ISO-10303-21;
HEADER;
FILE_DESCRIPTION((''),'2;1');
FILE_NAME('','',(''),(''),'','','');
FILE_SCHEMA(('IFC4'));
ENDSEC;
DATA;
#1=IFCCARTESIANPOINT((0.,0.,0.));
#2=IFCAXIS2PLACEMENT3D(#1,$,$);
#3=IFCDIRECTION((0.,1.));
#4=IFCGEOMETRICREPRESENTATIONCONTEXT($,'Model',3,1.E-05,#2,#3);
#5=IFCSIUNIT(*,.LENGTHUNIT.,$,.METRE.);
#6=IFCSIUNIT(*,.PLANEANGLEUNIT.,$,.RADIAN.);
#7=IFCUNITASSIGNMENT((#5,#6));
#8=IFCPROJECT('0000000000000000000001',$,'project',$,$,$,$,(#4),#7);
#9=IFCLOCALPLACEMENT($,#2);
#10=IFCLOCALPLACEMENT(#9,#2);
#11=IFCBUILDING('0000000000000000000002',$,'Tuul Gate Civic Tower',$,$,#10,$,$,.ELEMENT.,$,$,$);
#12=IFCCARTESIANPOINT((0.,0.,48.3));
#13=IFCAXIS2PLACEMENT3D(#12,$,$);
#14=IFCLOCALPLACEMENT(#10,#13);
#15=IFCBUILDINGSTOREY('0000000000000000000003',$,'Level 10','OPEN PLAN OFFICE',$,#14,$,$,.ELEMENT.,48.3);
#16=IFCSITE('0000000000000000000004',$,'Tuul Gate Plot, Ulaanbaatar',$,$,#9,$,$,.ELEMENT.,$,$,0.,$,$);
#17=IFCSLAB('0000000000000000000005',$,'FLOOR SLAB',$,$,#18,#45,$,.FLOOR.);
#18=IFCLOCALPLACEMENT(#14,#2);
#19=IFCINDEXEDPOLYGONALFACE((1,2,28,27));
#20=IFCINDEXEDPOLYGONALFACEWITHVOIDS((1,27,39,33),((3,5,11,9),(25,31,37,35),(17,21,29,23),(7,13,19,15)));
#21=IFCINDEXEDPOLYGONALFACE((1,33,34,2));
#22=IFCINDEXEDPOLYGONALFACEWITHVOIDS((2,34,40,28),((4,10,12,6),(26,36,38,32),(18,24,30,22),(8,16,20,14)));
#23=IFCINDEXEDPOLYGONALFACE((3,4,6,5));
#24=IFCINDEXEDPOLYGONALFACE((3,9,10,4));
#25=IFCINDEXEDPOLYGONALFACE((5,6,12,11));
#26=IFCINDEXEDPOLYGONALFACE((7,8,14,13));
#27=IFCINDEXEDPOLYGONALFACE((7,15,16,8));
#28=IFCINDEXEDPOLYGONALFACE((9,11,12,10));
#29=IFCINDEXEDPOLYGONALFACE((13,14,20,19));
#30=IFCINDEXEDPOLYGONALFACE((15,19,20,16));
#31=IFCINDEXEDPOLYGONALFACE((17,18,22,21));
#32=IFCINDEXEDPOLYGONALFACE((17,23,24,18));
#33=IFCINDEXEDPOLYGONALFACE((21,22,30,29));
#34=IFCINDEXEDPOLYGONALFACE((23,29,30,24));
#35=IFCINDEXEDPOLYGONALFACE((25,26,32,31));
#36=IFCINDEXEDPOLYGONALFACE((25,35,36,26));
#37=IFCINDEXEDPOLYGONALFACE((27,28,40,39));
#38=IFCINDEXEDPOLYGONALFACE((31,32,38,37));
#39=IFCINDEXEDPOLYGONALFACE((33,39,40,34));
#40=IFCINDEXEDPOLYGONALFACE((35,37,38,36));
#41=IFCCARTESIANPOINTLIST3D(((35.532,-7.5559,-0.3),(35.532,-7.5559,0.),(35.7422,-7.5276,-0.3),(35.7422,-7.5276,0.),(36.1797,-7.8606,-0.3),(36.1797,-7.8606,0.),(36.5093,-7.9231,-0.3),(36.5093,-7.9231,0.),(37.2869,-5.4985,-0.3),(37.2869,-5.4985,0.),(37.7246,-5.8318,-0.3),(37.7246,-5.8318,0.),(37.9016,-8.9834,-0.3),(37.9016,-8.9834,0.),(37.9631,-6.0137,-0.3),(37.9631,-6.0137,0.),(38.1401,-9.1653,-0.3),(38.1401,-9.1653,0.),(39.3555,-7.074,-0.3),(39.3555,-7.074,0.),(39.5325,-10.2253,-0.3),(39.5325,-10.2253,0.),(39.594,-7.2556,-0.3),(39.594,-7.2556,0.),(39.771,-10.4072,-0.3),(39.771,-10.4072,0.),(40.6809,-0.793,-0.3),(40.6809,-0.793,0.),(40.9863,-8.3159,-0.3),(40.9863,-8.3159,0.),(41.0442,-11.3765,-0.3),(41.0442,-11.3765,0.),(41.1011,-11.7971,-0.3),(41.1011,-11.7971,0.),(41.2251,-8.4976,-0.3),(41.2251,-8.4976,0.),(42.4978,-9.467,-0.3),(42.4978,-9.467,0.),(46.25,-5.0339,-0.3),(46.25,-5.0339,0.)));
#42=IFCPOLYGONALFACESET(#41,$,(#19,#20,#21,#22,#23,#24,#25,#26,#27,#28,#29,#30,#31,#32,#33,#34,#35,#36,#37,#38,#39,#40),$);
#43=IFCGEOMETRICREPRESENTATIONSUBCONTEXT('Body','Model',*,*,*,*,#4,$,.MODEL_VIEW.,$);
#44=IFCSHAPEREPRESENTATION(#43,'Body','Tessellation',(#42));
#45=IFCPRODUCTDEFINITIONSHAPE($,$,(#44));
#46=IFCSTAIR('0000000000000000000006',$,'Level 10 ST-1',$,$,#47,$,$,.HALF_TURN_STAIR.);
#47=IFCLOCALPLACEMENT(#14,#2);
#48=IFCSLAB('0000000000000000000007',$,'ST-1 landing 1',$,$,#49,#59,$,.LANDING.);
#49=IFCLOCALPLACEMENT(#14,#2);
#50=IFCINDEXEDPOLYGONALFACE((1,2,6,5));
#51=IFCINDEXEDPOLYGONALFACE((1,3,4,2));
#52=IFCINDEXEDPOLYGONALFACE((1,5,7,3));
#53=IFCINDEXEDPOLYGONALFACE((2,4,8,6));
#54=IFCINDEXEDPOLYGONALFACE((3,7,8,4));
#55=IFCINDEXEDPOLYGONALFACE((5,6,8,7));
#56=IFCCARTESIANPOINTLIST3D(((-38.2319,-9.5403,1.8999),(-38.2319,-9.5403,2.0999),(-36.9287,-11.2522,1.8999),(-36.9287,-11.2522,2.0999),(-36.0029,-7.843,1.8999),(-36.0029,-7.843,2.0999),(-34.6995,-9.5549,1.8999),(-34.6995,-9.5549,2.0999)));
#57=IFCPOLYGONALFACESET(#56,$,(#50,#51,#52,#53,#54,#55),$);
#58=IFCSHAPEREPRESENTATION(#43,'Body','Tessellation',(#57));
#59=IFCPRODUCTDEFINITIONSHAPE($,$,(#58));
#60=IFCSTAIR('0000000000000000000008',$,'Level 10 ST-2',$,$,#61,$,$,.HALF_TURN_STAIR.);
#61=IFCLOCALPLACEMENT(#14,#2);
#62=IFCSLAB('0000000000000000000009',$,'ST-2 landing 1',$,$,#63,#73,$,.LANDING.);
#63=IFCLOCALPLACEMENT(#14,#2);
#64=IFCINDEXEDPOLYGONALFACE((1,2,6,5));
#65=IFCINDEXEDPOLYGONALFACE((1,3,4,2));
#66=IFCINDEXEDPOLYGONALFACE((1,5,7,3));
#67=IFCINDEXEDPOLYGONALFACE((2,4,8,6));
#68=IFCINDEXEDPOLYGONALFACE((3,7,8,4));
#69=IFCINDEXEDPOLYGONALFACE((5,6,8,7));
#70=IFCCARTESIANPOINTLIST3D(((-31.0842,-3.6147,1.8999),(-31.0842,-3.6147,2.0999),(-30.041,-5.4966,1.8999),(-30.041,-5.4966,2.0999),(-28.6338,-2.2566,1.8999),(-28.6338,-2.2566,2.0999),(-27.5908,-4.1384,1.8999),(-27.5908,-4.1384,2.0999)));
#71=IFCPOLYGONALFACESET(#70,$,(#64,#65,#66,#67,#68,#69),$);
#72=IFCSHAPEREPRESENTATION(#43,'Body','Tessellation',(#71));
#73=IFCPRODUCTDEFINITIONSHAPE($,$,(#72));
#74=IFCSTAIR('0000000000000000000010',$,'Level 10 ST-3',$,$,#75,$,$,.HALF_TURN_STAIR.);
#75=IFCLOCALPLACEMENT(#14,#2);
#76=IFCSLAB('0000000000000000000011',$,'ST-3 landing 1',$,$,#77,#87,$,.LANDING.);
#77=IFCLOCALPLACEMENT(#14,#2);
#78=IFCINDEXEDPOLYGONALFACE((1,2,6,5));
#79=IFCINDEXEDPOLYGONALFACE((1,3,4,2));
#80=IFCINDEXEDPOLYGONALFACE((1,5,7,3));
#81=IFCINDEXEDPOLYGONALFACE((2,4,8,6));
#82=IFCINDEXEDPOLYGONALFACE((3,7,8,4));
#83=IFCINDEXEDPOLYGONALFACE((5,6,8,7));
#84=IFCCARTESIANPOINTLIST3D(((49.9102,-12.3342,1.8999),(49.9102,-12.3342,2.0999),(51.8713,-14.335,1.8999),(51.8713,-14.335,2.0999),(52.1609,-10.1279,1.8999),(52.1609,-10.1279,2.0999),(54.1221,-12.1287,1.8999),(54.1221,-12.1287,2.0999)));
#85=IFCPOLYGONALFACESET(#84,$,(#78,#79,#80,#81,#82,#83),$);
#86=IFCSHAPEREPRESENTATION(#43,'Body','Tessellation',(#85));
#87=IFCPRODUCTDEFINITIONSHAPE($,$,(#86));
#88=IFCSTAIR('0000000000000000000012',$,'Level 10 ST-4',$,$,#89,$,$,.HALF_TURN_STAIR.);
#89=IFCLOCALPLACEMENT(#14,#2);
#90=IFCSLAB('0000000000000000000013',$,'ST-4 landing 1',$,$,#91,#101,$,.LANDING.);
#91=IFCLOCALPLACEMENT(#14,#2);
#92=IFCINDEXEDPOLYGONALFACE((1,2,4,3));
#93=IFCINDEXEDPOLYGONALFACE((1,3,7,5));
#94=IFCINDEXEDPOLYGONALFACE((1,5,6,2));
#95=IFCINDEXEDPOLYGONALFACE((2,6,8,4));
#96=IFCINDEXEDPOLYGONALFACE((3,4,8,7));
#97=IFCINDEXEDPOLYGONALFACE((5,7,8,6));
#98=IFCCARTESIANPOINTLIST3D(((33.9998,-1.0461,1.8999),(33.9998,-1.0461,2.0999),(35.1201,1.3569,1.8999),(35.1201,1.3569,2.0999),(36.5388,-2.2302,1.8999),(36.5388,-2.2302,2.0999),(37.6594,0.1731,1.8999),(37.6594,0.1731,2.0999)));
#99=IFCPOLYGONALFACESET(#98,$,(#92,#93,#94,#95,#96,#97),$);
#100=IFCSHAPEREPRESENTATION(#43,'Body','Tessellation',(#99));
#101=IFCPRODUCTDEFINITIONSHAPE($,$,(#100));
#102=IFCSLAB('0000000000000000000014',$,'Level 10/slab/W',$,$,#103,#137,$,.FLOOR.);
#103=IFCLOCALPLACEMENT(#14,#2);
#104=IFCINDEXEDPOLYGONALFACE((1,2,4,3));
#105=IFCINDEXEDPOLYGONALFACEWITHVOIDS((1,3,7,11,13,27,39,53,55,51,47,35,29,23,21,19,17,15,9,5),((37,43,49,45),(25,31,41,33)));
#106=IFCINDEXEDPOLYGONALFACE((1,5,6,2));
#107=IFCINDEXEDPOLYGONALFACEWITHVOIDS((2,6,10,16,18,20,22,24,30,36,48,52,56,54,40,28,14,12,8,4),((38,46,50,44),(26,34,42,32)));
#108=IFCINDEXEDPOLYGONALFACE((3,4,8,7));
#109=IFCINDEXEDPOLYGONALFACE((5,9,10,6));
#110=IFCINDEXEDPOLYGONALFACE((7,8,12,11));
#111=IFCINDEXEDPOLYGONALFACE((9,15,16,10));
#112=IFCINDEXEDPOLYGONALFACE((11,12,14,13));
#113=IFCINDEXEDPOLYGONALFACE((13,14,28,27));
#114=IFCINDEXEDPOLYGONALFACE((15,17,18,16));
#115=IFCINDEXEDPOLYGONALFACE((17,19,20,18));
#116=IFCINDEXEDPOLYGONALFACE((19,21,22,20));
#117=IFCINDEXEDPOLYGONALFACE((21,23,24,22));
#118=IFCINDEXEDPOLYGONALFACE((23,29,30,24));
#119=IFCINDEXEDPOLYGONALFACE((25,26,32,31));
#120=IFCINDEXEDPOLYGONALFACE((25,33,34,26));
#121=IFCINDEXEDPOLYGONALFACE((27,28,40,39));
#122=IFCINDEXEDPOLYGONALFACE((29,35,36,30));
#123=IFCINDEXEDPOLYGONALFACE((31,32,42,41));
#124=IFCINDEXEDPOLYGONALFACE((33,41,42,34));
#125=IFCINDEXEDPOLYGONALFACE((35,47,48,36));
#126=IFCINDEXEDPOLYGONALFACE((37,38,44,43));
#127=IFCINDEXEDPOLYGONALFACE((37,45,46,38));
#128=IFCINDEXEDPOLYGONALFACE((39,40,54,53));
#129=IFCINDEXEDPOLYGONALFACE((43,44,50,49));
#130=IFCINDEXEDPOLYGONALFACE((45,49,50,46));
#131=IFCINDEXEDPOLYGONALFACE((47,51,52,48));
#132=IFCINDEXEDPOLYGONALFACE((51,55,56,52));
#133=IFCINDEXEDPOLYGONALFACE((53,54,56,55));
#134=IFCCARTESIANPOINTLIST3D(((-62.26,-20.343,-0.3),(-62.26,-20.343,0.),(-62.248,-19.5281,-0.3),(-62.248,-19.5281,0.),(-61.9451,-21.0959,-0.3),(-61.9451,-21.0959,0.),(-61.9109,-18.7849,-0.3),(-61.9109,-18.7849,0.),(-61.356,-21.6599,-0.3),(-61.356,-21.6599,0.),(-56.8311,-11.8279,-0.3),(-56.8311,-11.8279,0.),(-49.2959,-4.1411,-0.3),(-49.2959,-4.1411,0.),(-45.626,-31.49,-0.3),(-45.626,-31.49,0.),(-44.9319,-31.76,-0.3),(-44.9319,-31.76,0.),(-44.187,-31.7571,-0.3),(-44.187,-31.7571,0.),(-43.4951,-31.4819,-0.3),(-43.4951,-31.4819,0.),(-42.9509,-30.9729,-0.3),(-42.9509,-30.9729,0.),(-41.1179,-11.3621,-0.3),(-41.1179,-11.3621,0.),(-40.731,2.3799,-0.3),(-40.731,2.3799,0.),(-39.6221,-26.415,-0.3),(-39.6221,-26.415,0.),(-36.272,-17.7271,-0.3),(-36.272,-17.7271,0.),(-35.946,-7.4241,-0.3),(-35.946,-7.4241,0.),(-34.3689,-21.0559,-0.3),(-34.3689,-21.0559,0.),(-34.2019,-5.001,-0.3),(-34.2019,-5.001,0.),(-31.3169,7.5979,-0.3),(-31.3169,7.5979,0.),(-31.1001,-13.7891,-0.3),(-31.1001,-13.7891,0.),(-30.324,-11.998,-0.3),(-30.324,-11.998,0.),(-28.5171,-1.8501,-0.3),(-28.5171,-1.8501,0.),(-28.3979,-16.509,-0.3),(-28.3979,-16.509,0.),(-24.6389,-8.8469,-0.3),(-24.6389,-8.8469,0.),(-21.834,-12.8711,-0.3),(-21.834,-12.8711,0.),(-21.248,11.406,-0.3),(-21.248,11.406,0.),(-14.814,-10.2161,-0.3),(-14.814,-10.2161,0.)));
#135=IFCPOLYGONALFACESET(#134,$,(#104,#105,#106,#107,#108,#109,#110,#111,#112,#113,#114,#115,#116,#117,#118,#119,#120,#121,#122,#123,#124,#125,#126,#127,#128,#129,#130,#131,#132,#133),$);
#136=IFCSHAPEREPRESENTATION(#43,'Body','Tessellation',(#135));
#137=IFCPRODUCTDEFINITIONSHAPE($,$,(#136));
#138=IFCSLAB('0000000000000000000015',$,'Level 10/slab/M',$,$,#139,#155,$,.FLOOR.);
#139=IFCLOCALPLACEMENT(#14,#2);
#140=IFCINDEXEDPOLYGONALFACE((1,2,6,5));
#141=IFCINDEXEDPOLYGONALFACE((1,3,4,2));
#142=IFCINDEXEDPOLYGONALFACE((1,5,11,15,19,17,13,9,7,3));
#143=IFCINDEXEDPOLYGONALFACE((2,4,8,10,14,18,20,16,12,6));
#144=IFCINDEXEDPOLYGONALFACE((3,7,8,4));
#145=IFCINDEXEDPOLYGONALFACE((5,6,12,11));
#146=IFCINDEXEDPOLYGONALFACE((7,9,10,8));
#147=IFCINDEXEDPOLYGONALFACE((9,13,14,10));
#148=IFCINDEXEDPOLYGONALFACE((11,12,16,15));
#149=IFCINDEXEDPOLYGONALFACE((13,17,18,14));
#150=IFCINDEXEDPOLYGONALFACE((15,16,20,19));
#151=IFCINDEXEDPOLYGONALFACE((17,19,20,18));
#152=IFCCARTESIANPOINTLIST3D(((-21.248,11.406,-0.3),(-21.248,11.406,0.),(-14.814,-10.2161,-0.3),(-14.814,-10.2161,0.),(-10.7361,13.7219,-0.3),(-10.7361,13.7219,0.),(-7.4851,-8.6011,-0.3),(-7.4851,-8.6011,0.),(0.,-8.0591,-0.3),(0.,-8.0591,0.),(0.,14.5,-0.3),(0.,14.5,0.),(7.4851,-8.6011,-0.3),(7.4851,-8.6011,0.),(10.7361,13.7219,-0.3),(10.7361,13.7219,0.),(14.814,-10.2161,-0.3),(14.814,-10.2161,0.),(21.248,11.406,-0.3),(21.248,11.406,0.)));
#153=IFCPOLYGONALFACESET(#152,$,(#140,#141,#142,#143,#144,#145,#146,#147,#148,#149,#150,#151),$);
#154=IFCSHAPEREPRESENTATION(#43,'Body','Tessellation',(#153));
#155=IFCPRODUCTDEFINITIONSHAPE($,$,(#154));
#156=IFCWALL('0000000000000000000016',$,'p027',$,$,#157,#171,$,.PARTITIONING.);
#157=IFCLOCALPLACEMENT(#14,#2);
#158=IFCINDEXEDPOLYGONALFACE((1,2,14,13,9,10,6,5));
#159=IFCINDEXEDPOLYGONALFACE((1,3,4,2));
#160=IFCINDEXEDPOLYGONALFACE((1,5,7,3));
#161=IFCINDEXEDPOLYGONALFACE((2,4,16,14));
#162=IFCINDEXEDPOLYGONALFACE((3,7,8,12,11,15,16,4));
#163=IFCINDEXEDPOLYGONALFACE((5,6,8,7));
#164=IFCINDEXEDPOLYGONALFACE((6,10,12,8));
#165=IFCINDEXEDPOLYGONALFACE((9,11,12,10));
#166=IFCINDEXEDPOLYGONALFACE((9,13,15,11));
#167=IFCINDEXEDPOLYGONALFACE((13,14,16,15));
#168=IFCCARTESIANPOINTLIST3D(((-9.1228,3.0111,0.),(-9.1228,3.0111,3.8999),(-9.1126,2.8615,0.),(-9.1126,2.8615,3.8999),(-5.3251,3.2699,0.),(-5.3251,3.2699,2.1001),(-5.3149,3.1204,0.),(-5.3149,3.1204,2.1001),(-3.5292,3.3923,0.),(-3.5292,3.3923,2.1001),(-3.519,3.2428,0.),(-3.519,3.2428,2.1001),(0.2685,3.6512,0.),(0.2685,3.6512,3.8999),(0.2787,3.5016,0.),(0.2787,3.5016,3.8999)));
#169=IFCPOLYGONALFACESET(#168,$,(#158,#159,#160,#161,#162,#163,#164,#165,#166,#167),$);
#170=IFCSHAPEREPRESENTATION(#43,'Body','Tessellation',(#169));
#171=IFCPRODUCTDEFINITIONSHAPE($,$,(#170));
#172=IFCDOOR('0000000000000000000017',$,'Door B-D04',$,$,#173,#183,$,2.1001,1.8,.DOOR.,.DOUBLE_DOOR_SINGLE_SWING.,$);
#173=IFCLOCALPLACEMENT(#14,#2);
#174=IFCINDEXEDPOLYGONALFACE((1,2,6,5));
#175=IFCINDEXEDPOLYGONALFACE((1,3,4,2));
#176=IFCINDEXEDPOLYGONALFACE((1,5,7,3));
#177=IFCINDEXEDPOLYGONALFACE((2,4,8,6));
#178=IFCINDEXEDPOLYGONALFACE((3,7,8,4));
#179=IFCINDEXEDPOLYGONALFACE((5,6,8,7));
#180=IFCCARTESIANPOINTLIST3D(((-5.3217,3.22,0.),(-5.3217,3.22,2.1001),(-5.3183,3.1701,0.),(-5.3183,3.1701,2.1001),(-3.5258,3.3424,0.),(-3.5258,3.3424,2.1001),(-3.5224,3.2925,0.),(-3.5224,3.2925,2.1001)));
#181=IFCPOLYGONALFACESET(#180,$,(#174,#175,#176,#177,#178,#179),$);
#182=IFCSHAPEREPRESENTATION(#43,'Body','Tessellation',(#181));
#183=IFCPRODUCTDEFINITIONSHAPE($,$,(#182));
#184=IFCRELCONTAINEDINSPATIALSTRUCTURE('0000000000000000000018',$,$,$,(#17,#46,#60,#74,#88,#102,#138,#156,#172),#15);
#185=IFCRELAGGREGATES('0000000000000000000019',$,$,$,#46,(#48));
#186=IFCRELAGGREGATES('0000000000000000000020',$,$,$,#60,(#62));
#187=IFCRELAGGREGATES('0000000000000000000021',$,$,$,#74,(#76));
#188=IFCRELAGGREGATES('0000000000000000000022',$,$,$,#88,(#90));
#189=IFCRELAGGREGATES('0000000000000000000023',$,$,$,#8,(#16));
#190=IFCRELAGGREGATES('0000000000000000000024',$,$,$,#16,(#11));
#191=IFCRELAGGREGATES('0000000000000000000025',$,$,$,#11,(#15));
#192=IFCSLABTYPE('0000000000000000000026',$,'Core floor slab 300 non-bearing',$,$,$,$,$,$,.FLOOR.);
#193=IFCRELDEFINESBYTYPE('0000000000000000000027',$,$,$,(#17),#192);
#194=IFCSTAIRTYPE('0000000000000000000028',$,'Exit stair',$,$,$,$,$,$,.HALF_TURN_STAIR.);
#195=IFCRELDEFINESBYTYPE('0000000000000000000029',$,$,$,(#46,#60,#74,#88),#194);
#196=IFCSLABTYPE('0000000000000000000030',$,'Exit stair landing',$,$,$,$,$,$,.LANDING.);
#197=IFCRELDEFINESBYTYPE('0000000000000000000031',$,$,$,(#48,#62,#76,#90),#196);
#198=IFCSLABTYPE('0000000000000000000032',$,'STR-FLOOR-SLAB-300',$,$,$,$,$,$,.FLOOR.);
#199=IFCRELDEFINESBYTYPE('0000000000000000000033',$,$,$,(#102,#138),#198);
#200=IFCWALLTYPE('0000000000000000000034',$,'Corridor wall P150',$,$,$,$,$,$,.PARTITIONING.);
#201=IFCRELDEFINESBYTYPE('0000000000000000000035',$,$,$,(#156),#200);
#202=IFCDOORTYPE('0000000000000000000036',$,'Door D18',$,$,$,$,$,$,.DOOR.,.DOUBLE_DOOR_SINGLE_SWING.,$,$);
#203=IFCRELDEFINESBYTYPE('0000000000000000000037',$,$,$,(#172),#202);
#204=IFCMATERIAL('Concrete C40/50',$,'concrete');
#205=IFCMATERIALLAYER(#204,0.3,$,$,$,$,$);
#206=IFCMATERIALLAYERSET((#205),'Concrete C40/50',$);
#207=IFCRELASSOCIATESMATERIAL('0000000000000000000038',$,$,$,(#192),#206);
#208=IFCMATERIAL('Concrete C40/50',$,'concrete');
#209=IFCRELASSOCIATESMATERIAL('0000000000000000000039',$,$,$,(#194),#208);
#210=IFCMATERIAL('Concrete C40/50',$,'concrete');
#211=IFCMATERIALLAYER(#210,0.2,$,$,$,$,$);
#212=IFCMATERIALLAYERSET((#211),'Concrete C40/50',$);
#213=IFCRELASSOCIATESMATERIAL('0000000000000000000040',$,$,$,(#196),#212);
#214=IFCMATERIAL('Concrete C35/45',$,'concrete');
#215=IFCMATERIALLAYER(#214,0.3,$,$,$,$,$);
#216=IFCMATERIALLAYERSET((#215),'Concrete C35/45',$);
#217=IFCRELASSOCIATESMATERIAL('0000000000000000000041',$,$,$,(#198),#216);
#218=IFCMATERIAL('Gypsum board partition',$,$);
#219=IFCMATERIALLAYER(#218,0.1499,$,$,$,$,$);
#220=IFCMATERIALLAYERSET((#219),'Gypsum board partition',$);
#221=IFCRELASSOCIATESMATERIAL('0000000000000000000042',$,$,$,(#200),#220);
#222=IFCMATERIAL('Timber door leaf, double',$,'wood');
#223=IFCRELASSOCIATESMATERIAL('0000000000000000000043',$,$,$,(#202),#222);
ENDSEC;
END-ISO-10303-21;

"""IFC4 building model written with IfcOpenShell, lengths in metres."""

from ifc_helpers import new_model, si_unit, direction, frame, frame_2d, origin, place, context, subcontext, project, spatial, polyline, rectangle, outline, extrude, material, layer, layer_set, type_object, element, fill, aggregate, save


model = new_model("IFC4")

# Units and contexts
model_context = context("Model", 3, precision=1e-05, world=origin(), true_north=direction((0.0, 1.0)))
body_context = subcontext(model_context, "Body", "Model", "MODEL_VIEW")
ifc_project = project(units=[si_unit("LENGTHUNIT", "METRE"), si_unit("PLANEANGLEUNIT", "RADIAN")], contexts=[model_context])

# Site, building, storey
site_placement = place(None, origin())
site = spatial("IfcSite", under=ifc_project, at=site_placement, Name="Tuul Gate Plot, Ulaanbaatar", CompositionType="ELEMENT", RefElevation=0.0)
building_placement = place(site_placement, origin())
building = spatial("IfcBuilding", under=site, at=building_placement, Name="Tuul Gate Civic Tower", CompositionType="ELEMENT")
storey_placement = place(building_placement, frame((0.0, 0.0, 48.3)))
storey = spatial("IfcBuildingStorey", under=building, at=storey_placement, Name="Level 10", Description="OPEN PLAN OFFICE", CompositionType="ELEMENT", Elevation=48.3)

# Slab
ifc_material_1 = material(Name="Concrete C40/50", Category="concrete")
ifc_layer_1 = layer(ifc_material_1, 0.3)
ifc_layer_set_1 = layer_set([ifc_layer_1], Name="Concrete C40/50")
slab_type_1 = type_object("IfcSlabType", Name="Core floor slab 300 non-bearing", PredefinedType="FLOOR", material=ifc_layer_set_1)
slab_1_placement = place(storey_placement, frame((0.0, 0.0, -0.3)))
element("IfcSlab", 1, at=slab_1_placement, inside=storey, type_object=slab_type_1, Name="FLOOR SLAB", PredefinedType="FLOOR", context=body_context, shape_type="SweptSolid", body=[
    extrude(outline(polyline([(41.1011, -11.7971), (46.25, -5.0339), (40.6809, -0.793), (35.532, -7.5559), (41.1011, -11.7971)]), holes=[polyline([(41.0442, -11.3765), (42.4978, -9.467), (41.2251, -8.4976), (39.771, -10.4072), (41.0442, -11.3765)]), polyline([(39.5325, -10.2253), (40.9863, -8.3159), (39.594, -7.2556), (38.1401, -9.1653), (39.5325, -10.2253)]), polyline([(37.9016, -8.9834), (39.3555, -7.074), (37.9631, -6.0137), (36.5093, -7.9231), (37.9016, -8.9834)]), polyline([(36.1797, -7.8606), (37.7246, -5.8318), (37.2869, -5.4985), (35.7422, -7.5276), (36.1797, -7.8606)])]), origin(), (0.0, 0.0, 1.0), 0.3),
])

# Stairs, slabs
ifc_material_2 = material(Name="Concrete C40/50", Category="concrete")
stair_type = type_object("IfcStairType", Name="Exit stair", PredefinedType="HALF_TURN_STAIR", material=ifc_material_2)
stair_1_placement = place(storey_placement, origin())
stair_1 = element("IfcStair", 2, at=stair_1_placement, inside=storey, type_object=stair_type, Name="Level 10 ST-1", PredefinedType="HALF_TURN_STAIR")
ifc_material_3 = material(Name="Concrete C40/50", Category="concrete")
ifc_layer_2 = layer(ifc_material_3, 0.2)
ifc_layer_set_2 = layer_set([ifc_layer_2], Name="Concrete C40/50")
slab_type_2 = type_object("IfcSlabType", Name="Exit stair landing", PredefinedType="LANDING", material=ifc_layer_set_2)
slab_2_placement = place(storey_placement, frame((0.0, 0.0, 1.8999)))
slab_2 = element("IfcSlab", 3, at=slab_2_placement, type_object=slab_type_2, Name="ST-1 landing 1", PredefinedType="LANDING", context=body_context, shape_type="SweptSolid", body=[
    extrude(outline(polyline([(-34.6995, -9.5549), (-36.9287, -11.2522), (-38.2319, -9.5403), (-36.0029, -7.843), (-34.6995, -9.5549)])), origin(), (0.0, 0.0, 1.0), 0.2),
])
aggregate(stair_1, [slab_2])
stair_2_placement = place(storey_placement, origin())
stair_2 = element("IfcStair", 4, at=stair_2_placement, inside=storey, type_object=stair_type, Name="Level 10 ST-2", PredefinedType="HALF_TURN_STAIR")
slab_3_placement = place(storey_placement, frame((0.0, 0.0, 1.8999)))
slab_3 = element("IfcSlab", 5, at=slab_3_placement, type_object=slab_type_2, Name="ST-2 landing 1", PredefinedType="LANDING", context=body_context, shape_type="SweptSolid", body=[
    extrude(outline(polyline([(-27.5908, -4.1384), (-30.041, -5.4966), (-31.0842, -3.6147), (-28.6338, -2.2566), (-27.5908, -4.1384)])), origin(), (0.0, 0.0, 1.0), 0.2),
])
aggregate(stair_2, [slab_3])
stair_3_placement = place(storey_placement, origin())
stair_3 = element("IfcStair", 6, at=stair_3_placement, inside=storey, type_object=stair_type, Name="Level 10 ST-3", PredefinedType="HALF_TURN_STAIR")
slab_4_placement = place(storey_placement, frame((0.0, 0.0, 1.8999)))
slab_4 = element("IfcSlab", 7, at=slab_4_placement, type_object=slab_type_2, Name="ST-3 landing 1", PredefinedType="LANDING", context=body_context, shape_type="SweptSolid", body=[
    extrude(outline(polyline([(51.8713, -14.335), (49.9102, -12.3342), (52.1609, -10.1279), (54.1221, -12.1287), (51.8713, -14.335)])), origin(), (0.0, 0.0, 1.0), 0.2),
])
aggregate(stair_3, [slab_4])
stair_4_placement = place(storey_placement, origin())
stair_4 = element("IfcStair", 8, at=stair_4_placement, inside=storey, type_object=stair_type, Name="Level 10 ST-4", PredefinedType="HALF_TURN_STAIR")
slab_5_placement = place(storey_placement, frame((0.0, 0.0, 1.8999)))
slab_5 = element("IfcSlab", 9, at=slab_5_placement, type_object=slab_type_2, Name="ST-4 landing 1", PredefinedType="LANDING", context=body_context, shape_type="SweptSolid", body=[
    extrude(outline(polyline([(36.5388, -2.2302), (33.9998, -1.0461), (35.1201, 1.3569), (37.6594, 0.1731), (36.5388, -2.2302)])), origin(), (0.0, 0.0, 1.0), 0.2),
])
aggregate(stair_4, [slab_5])

# Slabs
ifc_material_4 = material(Name="Concrete C35/45", Category="concrete")
ifc_layer_3 = layer(ifc_material_4, 0.3)
ifc_layer_set_3 = layer_set([ifc_layer_3], Name="Concrete C35/45")
slab_type_3 = type_object("IfcSlabType", Name="STR-FLOOR-SLAB-300", PredefinedType="FLOOR", material=ifc_layer_set_3)
slab_6_placement = place(storey_placement, frame((0.0, 0.0, -0.3)))
element("IfcSlab", 10, at=slab_6_placement, inside=storey, type_object=slab_type_3, Name="Level 10/slab/W", PredefinedType="FLOOR", context=body_context, shape_type="SweptSolid", body=[
    extrude(outline(polyline([(-21.834, -12.8711), (-14.814, -10.2161), (-21.248, 11.406), (-31.3169, 7.5979), (-40.731, 2.3799), (-49.2959, -4.1411), (-56.8311, -11.8279), (-61.9109, -18.7849), (-62.248, -19.5281), (-62.26, -20.343), (-61.9451, -21.0959), (-61.356, -21.6599), (-45.626, -31.49), (-44.9319, -31.76), (-44.187, -31.7571), (-43.4951, -31.4819), (-42.9509, -30.9729), (-39.6221, -26.415), (-34.3689, -21.0559), (-28.3979, -16.509), (-21.834, -12.8711)]), holes=[polyline([(-31.1001, -13.7891), (-36.272, -17.7271), (-41.1179, -11.3621), (-35.946, -7.4241), (-31.1001, -13.7891)]), polyline([(-24.6389, -8.8469), (-30.324, -11.998), (-34.2019, -5.001), (-28.5171, -1.8501), (-24.6389, -8.8469)])]), origin(), (0.0, 0.0, 1.0), 0.3),
])
slab_7_placement = place(storey_placement, frame((0.0, 0.0, -0.3)))
element("IfcSlab", 11, at=slab_7_placement, inside=storey, type_object=slab_type_3, Name="Level 10/slab/M", PredefinedType="FLOOR", context=body_context, shape_type="SweptSolid", body=[
    extrude(outline(polyline([(14.814, -10.2161), (21.248, 11.406), (10.7361, 13.7219), (0.0, 14.5), (-10.7361, 13.7219), (-21.248, 11.406), (-14.814, -10.2161), (-7.4851, -8.6011), (0.0, -8.0591), (7.4851, -8.6011), (14.814, -10.2161)])), origin(), (0.0, 0.0, 1.0), 0.3),
])

# Wall, opening, door
ifc_material_5 = material(Name="Gypsum board partition")
ifc_layer_4 = layer(ifc_material_5, 0.1499)
ifc_layer_set_4 = layer_set([ifc_layer_4], Name="Gypsum board partition")
wall_type_1 = type_object("IfcWallType", Name="Corridor wall P150", PredefinedType="PARTITIONING", material=ifc_layer_set_4)
wall_1_placement = place(storey_placement, frame((-9.1177, 2.9363, 0.0), z_axis=(0.0, 0.0, 1.0), x_axis=(0.997685, 0.068005, 0.0)))
wall_1 = element("IfcWall", 12, at=wall_1_placement, inside=storey, type_object=wall_type_1, Name="p027", PredefinedType="PARTITIONING", context=body_context, shape_type="SweptSolid", body=[
    extrude(rectangle(XDim=9.4131, YDim=0.1499, at=frame_2d((4.7065, 0.0))), origin(), (0.0, 0.0, 1.0), 3.8999),
])
opening_1_placement = place(wall_1_placement, frame((3.8066, 0.0, 0.0)))
opening_1 = element("IfcOpeningElement", 13, at=opening_1_placement, cuts=wall_1, PredefinedType="OPENING", context=body_context, shape_type="SweptSolid", body=[
    extrude(rectangle(XDim=1.8, YDim=2.1001, at=frame_2d((0.8999, 1.05))), frame((0.0, 0.085, 0.0), z_axis=(0.0, -1.0, 0.0), x_axis=(1.0, 0.0, 0.0)), (0.0, 0.0, 1.0), 0.1699),
])
ifc_material_6 = material(Name="Timber door leaf, double", Category="wood")
door_type = type_object("IfcDoorType", Name="Door D18", OperationType="DOUBLE_DOOR_SINGLE_SWING", PredefinedType="DOOR", material=ifc_material_6)
door_1_placement = place(opening_1_placement, origin())
door_1 = element("IfcDoor", 14, at=door_1_placement, inside=storey, type_object=door_type, Name="Door B-D04", OperationType="DOUBLE_DOOR_SINGLE_SWING", OverallHeight=2.1001, OverallWidth=1.8, PredefinedType="DOOR", context=body_context, shape_type="SweptSolid", body=[
    extrude(rectangle(XDim=1.8, YDim=2.1001, at=frame_2d((0.8999, 1.05))), frame((0.0, 0.0249, 0.0), z_axis=(0.0, -1.0, 0.0), x_axis=(1.0, 0.0, 0.0)), (0.0, 0.0, 1.0), 0.05),
])
fill(opening_1, door_1)

save(model, "model.ifc")
